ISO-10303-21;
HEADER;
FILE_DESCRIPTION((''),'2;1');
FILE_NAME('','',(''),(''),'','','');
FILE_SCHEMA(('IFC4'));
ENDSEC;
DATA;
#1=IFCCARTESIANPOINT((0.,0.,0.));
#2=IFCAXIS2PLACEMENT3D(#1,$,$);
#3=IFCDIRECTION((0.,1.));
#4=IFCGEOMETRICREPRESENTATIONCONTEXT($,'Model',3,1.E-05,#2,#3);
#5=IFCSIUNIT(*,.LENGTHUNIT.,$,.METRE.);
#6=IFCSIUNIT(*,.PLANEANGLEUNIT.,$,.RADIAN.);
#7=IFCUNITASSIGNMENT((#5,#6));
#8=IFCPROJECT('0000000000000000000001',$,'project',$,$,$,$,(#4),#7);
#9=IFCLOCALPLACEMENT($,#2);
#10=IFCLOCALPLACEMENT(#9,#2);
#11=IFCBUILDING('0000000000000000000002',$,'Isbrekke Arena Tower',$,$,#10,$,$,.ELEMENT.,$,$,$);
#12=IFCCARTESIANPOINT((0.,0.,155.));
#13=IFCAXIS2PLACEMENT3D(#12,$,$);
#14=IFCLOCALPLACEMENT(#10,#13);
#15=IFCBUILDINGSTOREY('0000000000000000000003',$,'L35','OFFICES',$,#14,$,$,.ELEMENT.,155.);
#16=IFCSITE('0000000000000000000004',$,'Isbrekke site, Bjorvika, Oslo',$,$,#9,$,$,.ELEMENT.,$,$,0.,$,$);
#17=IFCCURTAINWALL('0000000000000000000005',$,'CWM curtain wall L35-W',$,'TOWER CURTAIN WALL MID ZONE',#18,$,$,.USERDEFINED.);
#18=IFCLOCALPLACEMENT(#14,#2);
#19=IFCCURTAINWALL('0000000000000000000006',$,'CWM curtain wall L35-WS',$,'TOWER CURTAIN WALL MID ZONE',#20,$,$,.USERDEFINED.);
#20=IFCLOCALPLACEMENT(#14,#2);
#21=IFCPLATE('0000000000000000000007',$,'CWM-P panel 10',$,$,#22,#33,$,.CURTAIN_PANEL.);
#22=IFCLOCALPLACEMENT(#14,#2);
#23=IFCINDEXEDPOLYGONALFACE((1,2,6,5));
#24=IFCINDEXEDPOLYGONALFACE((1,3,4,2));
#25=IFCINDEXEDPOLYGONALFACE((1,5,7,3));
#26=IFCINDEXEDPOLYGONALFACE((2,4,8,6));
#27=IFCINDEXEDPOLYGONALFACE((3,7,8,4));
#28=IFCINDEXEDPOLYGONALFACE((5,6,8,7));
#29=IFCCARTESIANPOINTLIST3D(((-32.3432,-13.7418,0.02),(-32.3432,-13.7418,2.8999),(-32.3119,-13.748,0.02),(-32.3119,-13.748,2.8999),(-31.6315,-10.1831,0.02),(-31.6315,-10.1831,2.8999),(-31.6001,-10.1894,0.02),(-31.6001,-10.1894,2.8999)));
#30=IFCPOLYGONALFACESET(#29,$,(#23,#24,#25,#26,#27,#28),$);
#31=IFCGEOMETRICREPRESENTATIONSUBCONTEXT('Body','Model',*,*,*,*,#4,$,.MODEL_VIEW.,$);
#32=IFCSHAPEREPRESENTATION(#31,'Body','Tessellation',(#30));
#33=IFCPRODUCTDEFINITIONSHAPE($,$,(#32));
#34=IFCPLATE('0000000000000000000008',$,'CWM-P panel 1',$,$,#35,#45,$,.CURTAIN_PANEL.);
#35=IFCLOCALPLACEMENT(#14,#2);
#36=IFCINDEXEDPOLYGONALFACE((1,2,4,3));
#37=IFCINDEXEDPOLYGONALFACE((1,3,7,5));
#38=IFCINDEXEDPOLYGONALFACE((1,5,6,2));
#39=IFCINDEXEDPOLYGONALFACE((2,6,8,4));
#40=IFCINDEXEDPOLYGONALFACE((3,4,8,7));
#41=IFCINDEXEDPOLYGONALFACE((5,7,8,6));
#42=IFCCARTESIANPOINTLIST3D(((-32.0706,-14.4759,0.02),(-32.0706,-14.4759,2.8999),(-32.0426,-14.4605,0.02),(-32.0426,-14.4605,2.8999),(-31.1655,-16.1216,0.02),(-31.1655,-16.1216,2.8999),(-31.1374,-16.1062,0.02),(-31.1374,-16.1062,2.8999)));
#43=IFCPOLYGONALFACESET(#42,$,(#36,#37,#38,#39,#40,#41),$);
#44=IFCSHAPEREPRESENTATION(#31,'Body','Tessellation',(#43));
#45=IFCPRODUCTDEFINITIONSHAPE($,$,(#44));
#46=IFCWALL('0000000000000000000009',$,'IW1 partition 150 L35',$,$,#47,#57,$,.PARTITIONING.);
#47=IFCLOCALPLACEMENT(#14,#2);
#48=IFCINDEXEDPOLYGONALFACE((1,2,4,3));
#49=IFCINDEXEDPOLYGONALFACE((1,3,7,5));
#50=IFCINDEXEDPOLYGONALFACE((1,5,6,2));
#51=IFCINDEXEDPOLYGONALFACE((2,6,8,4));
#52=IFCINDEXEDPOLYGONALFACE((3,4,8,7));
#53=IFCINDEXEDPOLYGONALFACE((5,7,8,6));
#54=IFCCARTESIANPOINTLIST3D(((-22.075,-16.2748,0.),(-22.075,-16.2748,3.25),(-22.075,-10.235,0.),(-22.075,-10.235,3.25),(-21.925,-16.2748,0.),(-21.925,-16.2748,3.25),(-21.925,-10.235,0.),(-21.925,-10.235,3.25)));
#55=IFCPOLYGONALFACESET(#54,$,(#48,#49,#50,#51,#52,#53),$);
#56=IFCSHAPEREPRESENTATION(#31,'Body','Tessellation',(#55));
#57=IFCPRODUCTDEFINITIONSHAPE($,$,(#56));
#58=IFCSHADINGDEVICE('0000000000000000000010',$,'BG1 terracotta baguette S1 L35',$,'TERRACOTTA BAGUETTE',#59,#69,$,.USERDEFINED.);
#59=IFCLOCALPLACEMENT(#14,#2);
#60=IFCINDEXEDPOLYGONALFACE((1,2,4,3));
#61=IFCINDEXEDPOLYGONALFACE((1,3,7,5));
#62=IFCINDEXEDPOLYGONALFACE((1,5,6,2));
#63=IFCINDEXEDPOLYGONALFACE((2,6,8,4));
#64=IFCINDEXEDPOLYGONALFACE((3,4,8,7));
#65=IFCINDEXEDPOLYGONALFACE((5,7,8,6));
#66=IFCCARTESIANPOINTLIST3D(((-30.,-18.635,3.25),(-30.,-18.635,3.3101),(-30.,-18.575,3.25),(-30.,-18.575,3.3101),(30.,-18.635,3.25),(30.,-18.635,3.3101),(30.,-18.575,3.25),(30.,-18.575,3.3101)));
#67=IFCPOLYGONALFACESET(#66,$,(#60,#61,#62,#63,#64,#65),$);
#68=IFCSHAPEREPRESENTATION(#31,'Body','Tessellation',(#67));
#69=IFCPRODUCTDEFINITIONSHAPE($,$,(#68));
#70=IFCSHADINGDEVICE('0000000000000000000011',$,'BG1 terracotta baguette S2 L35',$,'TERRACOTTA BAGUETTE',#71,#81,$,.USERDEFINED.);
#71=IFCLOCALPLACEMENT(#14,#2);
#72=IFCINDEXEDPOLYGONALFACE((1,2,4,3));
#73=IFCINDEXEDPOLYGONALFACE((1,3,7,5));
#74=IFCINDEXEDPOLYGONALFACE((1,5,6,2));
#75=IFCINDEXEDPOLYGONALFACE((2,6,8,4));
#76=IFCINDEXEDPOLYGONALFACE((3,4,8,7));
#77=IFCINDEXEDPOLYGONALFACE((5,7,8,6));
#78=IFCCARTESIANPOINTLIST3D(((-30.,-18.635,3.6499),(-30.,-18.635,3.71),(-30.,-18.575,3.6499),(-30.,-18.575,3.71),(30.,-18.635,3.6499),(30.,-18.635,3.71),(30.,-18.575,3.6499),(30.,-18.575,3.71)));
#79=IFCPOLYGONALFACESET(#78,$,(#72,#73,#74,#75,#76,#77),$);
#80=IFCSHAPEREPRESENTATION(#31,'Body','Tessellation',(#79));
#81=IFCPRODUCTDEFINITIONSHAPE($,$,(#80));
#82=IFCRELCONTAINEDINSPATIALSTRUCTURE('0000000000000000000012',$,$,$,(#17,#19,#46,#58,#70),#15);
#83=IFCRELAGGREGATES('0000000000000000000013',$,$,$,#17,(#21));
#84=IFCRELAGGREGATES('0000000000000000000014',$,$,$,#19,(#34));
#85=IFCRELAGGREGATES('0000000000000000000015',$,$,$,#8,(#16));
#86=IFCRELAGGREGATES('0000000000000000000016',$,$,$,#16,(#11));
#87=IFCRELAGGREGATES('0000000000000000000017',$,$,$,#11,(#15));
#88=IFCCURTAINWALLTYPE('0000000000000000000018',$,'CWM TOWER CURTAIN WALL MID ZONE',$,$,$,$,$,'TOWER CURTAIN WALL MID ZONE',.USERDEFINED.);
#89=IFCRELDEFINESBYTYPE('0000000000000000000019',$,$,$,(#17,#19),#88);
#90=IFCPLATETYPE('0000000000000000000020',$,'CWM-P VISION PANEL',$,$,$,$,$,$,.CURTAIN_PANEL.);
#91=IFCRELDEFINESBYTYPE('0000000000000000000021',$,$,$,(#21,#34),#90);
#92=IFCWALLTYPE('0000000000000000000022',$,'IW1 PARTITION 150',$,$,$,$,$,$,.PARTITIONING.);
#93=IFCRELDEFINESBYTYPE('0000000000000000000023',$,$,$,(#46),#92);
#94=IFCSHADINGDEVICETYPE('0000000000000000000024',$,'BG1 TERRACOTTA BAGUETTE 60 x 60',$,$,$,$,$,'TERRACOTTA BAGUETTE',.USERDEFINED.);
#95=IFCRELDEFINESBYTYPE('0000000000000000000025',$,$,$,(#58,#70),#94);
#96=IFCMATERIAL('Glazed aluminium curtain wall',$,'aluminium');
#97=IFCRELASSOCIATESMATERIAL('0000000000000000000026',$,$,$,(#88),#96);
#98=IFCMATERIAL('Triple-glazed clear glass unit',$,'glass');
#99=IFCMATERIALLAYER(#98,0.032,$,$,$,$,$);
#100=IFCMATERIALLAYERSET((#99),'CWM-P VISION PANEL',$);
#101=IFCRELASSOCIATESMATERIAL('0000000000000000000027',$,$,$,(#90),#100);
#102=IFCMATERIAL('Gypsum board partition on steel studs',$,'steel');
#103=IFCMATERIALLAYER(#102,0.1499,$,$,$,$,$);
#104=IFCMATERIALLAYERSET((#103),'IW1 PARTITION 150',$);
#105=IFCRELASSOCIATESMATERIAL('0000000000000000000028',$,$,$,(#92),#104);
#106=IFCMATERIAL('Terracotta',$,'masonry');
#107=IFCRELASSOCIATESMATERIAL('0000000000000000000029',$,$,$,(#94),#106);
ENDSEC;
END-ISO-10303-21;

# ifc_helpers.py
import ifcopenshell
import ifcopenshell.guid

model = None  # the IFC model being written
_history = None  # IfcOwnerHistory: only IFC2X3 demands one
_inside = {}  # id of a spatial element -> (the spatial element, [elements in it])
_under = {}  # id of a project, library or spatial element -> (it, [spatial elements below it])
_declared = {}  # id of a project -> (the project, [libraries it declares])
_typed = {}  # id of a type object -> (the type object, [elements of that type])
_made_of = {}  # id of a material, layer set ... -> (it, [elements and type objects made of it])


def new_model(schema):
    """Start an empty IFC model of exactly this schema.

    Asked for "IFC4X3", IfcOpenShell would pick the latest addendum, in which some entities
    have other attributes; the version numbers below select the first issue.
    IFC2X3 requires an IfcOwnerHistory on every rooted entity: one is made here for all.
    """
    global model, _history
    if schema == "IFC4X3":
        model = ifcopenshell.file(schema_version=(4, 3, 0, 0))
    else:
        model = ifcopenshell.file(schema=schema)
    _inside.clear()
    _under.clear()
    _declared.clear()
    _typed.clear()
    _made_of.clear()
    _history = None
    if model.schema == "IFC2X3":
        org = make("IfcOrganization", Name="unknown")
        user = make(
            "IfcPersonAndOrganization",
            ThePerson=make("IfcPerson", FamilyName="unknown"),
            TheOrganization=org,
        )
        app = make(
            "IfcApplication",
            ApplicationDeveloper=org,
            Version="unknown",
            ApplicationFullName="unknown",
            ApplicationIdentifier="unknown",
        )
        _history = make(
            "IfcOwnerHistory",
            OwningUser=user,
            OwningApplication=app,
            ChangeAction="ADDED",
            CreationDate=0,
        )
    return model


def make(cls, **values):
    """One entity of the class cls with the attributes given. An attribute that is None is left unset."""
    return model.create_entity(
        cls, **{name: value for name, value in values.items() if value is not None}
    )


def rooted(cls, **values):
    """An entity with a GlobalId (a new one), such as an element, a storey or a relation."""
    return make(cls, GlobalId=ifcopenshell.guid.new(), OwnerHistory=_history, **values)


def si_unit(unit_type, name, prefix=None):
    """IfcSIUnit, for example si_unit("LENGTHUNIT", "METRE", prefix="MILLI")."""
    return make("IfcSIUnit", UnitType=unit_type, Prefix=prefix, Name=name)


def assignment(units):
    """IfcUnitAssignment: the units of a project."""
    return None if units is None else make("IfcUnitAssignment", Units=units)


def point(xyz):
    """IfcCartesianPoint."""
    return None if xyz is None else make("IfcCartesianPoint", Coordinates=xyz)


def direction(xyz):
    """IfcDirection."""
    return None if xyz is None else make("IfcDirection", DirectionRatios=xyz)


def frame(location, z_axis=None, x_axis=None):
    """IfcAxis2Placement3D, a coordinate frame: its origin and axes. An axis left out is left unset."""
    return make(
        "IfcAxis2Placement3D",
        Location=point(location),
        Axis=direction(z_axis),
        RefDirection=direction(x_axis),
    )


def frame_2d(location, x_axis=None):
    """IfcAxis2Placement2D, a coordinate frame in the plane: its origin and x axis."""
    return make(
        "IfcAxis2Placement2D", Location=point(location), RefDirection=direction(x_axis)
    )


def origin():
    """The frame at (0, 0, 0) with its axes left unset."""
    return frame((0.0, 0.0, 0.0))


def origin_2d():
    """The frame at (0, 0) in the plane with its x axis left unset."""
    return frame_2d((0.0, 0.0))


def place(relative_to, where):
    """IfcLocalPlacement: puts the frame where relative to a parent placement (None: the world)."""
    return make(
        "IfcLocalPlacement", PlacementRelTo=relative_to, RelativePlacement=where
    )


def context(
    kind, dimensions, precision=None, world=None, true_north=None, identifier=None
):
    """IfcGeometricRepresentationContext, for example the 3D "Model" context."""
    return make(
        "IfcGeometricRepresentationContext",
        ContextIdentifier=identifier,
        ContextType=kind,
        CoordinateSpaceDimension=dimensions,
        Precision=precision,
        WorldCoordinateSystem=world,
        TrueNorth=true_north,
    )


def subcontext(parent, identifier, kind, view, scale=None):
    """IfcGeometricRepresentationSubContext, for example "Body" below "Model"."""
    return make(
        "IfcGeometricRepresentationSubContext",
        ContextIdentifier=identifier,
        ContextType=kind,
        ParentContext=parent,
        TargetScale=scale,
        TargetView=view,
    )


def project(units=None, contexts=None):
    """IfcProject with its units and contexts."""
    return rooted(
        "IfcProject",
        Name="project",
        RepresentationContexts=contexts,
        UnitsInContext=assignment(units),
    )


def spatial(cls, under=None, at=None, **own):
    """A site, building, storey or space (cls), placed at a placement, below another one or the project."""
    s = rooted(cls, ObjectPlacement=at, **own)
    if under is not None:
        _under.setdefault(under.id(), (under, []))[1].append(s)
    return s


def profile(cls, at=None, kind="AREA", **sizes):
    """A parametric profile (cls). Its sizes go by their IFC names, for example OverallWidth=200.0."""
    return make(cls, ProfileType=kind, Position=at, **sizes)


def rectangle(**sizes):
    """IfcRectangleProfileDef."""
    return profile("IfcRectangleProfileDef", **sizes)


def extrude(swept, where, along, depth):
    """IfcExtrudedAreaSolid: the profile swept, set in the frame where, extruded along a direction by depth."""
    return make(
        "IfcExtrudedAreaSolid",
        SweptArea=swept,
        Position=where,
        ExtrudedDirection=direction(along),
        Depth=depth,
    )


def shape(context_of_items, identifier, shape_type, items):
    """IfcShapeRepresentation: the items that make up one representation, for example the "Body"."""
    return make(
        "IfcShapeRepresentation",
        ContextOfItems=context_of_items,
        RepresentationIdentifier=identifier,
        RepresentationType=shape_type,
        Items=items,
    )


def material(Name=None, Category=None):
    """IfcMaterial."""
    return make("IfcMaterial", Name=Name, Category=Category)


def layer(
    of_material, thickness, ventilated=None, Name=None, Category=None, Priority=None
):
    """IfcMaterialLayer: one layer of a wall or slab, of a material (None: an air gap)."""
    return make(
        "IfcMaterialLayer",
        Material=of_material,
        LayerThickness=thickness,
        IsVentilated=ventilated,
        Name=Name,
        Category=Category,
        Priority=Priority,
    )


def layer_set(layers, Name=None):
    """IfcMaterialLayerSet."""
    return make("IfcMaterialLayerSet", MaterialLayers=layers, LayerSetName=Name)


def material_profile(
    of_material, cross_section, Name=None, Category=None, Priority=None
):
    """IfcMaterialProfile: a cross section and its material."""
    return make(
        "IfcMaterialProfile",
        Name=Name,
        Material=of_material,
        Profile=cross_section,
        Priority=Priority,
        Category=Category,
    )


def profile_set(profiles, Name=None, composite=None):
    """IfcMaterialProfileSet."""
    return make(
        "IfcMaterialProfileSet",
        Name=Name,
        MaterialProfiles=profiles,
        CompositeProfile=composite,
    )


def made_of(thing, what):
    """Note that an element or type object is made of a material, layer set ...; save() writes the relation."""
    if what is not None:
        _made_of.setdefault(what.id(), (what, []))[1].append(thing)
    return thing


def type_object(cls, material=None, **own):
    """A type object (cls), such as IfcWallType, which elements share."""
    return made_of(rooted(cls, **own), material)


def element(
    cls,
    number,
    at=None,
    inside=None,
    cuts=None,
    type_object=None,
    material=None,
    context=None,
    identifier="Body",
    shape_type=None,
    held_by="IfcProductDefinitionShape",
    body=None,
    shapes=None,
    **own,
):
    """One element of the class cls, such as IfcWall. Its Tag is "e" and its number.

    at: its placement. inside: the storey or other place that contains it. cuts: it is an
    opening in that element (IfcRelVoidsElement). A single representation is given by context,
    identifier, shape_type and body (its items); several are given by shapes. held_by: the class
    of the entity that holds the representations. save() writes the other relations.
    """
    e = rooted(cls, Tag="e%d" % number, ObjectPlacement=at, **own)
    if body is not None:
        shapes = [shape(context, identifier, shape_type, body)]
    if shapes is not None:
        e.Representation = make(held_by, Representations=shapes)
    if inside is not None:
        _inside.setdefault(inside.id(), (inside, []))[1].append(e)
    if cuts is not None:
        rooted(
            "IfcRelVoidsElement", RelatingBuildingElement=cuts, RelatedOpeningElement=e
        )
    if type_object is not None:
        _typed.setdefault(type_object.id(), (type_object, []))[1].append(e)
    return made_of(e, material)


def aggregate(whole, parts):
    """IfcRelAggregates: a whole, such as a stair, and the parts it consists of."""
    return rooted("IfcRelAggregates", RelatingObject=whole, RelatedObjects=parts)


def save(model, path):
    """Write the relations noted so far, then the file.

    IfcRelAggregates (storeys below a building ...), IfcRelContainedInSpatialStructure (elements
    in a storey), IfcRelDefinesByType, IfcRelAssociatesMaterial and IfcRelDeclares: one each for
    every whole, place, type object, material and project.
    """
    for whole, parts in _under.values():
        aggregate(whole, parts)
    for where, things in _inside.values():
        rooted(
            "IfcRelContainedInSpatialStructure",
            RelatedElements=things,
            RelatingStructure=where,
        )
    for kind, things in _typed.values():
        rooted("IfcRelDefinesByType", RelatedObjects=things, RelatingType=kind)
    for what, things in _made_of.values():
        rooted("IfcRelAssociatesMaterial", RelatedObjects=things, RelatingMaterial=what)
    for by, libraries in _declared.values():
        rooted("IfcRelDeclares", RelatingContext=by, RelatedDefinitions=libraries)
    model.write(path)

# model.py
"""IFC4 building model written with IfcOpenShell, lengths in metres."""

from ifc_helpers import new_model, si_unit, direction, frame, frame_2d, origin, origin_2d, place, context, subcontext, project, spatial, rectangle, extrude, material, layer, layer_set, material_profile, profile_set, type_object, element, aggregate, save


model = new_model("IFC4")

# Units and contexts
model_context = context("Model", 3, precision=1e-05, world=origin(), true_north=direction((0.0, 1.0)))
body_context = subcontext(model_context, "Body", "Model", "MODEL_VIEW")
ifc_project = project(units=[si_unit("LENGTHUNIT", "METRE"), si_unit("PLANEANGLEUNIT", "RADIAN")], contexts=[model_context])

# Site, building, storey
site_placement = place(None, origin())
site = spatial("IfcSite", under=ifc_project, at=site_placement, Name="Isbrekke site, Bjorvika, Oslo", CompositionType="ELEMENT", RefElevation=0.0)
building_placement = place(site_placement, origin())
building = spatial("IfcBuilding", under=site, at=building_placement, Name="Isbrekke Arena Tower", CompositionType="ELEMENT")
storey_placement = place(building_placement, frame((0.0, 0.0, 155.0)))
storey = spatial("IfcBuildingStorey", under=building, at=storey_placement, Name="L35", Description="OFFICES", CompositionType="ELEMENT", Elevation=155.0)

# Shared definitions
ifc_material_1 = material(Name="Glazed aluminium curtain wall", Category="aluminium")
curtain_wall_type = type_object("IfcCurtainWallType", Name="CWM TOWER CURTAIN WALL MID ZONE", ElementType="TOWER CURTAIN WALL MID ZONE", PredefinedType="USERDEFINED", material=ifc_material_1)

# Curtain wall
curtain_wall_1_placement = place(storey_placement, origin())
curtain_wall_1 = element("IfcCurtainWall", 1, at=curtain_wall_1_placement, inside=storey, type_object=curtain_wall_type, Name="CWM curtain wall L35-W", ObjectType="TOWER CURTAIN WALL MID ZONE", PredefinedType="USERDEFINED")

# Curtain wall
curtain_wall_2_placement = place(storey_placement, origin())
curtain_wall_2 = element("IfcCurtainWall", 2, at=curtain_wall_2_placement, inside=storey, type_object=curtain_wall_type, Name="CWM curtain wall L35-WS", ObjectType="TOWER CURTAIN WALL MID ZONE", PredefinedType="USERDEFINED")

# Plates
ifc_material_2 = material(Name="Triple-glazed clear glass unit", Category="glass")
ifc_layer_1 = layer(ifc_material_2, 0.032)
ifc_layer_set_1 = layer_set([ifc_layer_1], Name="CWM-P VISION PANEL")
plate_type = type_object("IfcPlateType", Name="CWM-P VISION PANEL", PredefinedType="CURTAIN_PANEL", material=ifc_layer_set_1)
plate_1_placement = place(storey_placement, frame((-31.9717, -11.9656, 0.02), z_axis=(0.0, 0.0, 1.0), x_axis=(-0.196116, -0.980581, 0.0)))
plate_1 = element("IfcPlate", 3, at=plate_1_placement, type_object=plate_type, Name="CWM-P panel 10", PredefinedType="CURTAIN_PANEL", context=body_context, shape_type="SweptSolid", body=[
    extrude(rectangle(XDim=3.6292, YDim=0.032, at=origin_2d()), origin(), (0.0, 0.0, 1.0), 2.8799),
])
aggregate(curtain_wall_1, [plate_1])
plate_2_placement = place(storey_placement, frame((-31.604, -15.291, 0.02), z_axis=(0.0, 0.0, 1.0), x_axis=(0.481919, -0.876216, 0.0)))
plate_2 = element("IfcPlate", 4, at=plate_2_placement, type_object=plate_type, Name="CWM-P panel 1", PredefinedType="CURTAIN_PANEL", context=body_context, shape_type="SweptSolid", body=[
    extrude(rectangle(XDim=1.8782, YDim=0.032, at=origin_2d()), origin(), (0.0, 0.0, 1.0), 2.8799),
])
aggregate(curtain_wall_2, [plate_2])

# Wall
ifc_material_3 = material(Name="Gypsum board partition on steel studs", Category="steel")
ifc_layer_2 = layer(ifc_material_3, 0.1499)
ifc_layer_set_2 = layer_set([ifc_layer_2], Name="IW1 PARTITION 150")
wall_type = type_object("IfcWallType", Name="IW1 PARTITION 150", PredefinedType="PARTITIONING", material=ifc_layer_set_2)
wall_placement = place(storey_placement, frame((-22.0, -16.2749, 0.0), z_axis=(0.0, 0.0, 1.0), x_axis=(0.0, 1.0, 0.0)))
element("IfcWall", 5, at=wall_placement, inside=storey, type_object=wall_type, Name="IW1 partition 150 L35", PredefinedType="PARTITIONING", context=body_context, shape_type="SweptSolid", body=[
    extrude(rectangle(XDim=6.0398, YDim=0.1499, at=frame_2d((3.02, 0.0))), origin(), (0.0, 0.0, 1.0), 3.25),
])

# Shading devices
ifc_material_4 = material(Name="Terracotta", Category="masonry")
ifc_material_profile_1 = material_profile(ifc_material_4, rectangle(XDim=0.0601, YDim=0.0601, at=origin_2d()), Name="BAGUETTE 60X60")
ifc_profile_set_1 = profile_set([ifc_material_profile_1], Name="Terracotta")
shading_device_type = type_object("IfcShadingDeviceType", Name="BG1 TERRACOTTA BAGUETTE 60 x 60", ElementType="TERRACOTTA BAGUETTE", PredefinedType="USERDEFINED", material=ifc_profile_set_1)
for number, where, z_axis, x_axis, name in (
    (6, (-30.0, -18.605, 3.28), (1.0, 0.0, 0.0), (0.0, 1.0, 0.0), "BG1 terracotta baguette S1 L35"),
    (7, (-30.0, -18.605, 3.6799), (1.0, 0.0, 0.0), (0.0, 1.0, 0.0), "BG1 terracotta baguette S2 L35"),
):
    element("IfcShadingDevice", number, at=place(storey_placement, frame(where, z_axis=z_axis, x_axis=x_axis)), inside=storey, type_object=shading_device_type, Name=name, ObjectType="TERRACOTTA BAGUETTE", PredefinedType="USERDEFINED", context=body_context, shape_type="SweptSolid", body=[
        extrude(rectangle(XDim=0.0601, YDim=0.0601, at=origin_2d()), origin(), (0.0, 0.0, 1.0), 60.0),
    ])

save(model, "model.ifc")
